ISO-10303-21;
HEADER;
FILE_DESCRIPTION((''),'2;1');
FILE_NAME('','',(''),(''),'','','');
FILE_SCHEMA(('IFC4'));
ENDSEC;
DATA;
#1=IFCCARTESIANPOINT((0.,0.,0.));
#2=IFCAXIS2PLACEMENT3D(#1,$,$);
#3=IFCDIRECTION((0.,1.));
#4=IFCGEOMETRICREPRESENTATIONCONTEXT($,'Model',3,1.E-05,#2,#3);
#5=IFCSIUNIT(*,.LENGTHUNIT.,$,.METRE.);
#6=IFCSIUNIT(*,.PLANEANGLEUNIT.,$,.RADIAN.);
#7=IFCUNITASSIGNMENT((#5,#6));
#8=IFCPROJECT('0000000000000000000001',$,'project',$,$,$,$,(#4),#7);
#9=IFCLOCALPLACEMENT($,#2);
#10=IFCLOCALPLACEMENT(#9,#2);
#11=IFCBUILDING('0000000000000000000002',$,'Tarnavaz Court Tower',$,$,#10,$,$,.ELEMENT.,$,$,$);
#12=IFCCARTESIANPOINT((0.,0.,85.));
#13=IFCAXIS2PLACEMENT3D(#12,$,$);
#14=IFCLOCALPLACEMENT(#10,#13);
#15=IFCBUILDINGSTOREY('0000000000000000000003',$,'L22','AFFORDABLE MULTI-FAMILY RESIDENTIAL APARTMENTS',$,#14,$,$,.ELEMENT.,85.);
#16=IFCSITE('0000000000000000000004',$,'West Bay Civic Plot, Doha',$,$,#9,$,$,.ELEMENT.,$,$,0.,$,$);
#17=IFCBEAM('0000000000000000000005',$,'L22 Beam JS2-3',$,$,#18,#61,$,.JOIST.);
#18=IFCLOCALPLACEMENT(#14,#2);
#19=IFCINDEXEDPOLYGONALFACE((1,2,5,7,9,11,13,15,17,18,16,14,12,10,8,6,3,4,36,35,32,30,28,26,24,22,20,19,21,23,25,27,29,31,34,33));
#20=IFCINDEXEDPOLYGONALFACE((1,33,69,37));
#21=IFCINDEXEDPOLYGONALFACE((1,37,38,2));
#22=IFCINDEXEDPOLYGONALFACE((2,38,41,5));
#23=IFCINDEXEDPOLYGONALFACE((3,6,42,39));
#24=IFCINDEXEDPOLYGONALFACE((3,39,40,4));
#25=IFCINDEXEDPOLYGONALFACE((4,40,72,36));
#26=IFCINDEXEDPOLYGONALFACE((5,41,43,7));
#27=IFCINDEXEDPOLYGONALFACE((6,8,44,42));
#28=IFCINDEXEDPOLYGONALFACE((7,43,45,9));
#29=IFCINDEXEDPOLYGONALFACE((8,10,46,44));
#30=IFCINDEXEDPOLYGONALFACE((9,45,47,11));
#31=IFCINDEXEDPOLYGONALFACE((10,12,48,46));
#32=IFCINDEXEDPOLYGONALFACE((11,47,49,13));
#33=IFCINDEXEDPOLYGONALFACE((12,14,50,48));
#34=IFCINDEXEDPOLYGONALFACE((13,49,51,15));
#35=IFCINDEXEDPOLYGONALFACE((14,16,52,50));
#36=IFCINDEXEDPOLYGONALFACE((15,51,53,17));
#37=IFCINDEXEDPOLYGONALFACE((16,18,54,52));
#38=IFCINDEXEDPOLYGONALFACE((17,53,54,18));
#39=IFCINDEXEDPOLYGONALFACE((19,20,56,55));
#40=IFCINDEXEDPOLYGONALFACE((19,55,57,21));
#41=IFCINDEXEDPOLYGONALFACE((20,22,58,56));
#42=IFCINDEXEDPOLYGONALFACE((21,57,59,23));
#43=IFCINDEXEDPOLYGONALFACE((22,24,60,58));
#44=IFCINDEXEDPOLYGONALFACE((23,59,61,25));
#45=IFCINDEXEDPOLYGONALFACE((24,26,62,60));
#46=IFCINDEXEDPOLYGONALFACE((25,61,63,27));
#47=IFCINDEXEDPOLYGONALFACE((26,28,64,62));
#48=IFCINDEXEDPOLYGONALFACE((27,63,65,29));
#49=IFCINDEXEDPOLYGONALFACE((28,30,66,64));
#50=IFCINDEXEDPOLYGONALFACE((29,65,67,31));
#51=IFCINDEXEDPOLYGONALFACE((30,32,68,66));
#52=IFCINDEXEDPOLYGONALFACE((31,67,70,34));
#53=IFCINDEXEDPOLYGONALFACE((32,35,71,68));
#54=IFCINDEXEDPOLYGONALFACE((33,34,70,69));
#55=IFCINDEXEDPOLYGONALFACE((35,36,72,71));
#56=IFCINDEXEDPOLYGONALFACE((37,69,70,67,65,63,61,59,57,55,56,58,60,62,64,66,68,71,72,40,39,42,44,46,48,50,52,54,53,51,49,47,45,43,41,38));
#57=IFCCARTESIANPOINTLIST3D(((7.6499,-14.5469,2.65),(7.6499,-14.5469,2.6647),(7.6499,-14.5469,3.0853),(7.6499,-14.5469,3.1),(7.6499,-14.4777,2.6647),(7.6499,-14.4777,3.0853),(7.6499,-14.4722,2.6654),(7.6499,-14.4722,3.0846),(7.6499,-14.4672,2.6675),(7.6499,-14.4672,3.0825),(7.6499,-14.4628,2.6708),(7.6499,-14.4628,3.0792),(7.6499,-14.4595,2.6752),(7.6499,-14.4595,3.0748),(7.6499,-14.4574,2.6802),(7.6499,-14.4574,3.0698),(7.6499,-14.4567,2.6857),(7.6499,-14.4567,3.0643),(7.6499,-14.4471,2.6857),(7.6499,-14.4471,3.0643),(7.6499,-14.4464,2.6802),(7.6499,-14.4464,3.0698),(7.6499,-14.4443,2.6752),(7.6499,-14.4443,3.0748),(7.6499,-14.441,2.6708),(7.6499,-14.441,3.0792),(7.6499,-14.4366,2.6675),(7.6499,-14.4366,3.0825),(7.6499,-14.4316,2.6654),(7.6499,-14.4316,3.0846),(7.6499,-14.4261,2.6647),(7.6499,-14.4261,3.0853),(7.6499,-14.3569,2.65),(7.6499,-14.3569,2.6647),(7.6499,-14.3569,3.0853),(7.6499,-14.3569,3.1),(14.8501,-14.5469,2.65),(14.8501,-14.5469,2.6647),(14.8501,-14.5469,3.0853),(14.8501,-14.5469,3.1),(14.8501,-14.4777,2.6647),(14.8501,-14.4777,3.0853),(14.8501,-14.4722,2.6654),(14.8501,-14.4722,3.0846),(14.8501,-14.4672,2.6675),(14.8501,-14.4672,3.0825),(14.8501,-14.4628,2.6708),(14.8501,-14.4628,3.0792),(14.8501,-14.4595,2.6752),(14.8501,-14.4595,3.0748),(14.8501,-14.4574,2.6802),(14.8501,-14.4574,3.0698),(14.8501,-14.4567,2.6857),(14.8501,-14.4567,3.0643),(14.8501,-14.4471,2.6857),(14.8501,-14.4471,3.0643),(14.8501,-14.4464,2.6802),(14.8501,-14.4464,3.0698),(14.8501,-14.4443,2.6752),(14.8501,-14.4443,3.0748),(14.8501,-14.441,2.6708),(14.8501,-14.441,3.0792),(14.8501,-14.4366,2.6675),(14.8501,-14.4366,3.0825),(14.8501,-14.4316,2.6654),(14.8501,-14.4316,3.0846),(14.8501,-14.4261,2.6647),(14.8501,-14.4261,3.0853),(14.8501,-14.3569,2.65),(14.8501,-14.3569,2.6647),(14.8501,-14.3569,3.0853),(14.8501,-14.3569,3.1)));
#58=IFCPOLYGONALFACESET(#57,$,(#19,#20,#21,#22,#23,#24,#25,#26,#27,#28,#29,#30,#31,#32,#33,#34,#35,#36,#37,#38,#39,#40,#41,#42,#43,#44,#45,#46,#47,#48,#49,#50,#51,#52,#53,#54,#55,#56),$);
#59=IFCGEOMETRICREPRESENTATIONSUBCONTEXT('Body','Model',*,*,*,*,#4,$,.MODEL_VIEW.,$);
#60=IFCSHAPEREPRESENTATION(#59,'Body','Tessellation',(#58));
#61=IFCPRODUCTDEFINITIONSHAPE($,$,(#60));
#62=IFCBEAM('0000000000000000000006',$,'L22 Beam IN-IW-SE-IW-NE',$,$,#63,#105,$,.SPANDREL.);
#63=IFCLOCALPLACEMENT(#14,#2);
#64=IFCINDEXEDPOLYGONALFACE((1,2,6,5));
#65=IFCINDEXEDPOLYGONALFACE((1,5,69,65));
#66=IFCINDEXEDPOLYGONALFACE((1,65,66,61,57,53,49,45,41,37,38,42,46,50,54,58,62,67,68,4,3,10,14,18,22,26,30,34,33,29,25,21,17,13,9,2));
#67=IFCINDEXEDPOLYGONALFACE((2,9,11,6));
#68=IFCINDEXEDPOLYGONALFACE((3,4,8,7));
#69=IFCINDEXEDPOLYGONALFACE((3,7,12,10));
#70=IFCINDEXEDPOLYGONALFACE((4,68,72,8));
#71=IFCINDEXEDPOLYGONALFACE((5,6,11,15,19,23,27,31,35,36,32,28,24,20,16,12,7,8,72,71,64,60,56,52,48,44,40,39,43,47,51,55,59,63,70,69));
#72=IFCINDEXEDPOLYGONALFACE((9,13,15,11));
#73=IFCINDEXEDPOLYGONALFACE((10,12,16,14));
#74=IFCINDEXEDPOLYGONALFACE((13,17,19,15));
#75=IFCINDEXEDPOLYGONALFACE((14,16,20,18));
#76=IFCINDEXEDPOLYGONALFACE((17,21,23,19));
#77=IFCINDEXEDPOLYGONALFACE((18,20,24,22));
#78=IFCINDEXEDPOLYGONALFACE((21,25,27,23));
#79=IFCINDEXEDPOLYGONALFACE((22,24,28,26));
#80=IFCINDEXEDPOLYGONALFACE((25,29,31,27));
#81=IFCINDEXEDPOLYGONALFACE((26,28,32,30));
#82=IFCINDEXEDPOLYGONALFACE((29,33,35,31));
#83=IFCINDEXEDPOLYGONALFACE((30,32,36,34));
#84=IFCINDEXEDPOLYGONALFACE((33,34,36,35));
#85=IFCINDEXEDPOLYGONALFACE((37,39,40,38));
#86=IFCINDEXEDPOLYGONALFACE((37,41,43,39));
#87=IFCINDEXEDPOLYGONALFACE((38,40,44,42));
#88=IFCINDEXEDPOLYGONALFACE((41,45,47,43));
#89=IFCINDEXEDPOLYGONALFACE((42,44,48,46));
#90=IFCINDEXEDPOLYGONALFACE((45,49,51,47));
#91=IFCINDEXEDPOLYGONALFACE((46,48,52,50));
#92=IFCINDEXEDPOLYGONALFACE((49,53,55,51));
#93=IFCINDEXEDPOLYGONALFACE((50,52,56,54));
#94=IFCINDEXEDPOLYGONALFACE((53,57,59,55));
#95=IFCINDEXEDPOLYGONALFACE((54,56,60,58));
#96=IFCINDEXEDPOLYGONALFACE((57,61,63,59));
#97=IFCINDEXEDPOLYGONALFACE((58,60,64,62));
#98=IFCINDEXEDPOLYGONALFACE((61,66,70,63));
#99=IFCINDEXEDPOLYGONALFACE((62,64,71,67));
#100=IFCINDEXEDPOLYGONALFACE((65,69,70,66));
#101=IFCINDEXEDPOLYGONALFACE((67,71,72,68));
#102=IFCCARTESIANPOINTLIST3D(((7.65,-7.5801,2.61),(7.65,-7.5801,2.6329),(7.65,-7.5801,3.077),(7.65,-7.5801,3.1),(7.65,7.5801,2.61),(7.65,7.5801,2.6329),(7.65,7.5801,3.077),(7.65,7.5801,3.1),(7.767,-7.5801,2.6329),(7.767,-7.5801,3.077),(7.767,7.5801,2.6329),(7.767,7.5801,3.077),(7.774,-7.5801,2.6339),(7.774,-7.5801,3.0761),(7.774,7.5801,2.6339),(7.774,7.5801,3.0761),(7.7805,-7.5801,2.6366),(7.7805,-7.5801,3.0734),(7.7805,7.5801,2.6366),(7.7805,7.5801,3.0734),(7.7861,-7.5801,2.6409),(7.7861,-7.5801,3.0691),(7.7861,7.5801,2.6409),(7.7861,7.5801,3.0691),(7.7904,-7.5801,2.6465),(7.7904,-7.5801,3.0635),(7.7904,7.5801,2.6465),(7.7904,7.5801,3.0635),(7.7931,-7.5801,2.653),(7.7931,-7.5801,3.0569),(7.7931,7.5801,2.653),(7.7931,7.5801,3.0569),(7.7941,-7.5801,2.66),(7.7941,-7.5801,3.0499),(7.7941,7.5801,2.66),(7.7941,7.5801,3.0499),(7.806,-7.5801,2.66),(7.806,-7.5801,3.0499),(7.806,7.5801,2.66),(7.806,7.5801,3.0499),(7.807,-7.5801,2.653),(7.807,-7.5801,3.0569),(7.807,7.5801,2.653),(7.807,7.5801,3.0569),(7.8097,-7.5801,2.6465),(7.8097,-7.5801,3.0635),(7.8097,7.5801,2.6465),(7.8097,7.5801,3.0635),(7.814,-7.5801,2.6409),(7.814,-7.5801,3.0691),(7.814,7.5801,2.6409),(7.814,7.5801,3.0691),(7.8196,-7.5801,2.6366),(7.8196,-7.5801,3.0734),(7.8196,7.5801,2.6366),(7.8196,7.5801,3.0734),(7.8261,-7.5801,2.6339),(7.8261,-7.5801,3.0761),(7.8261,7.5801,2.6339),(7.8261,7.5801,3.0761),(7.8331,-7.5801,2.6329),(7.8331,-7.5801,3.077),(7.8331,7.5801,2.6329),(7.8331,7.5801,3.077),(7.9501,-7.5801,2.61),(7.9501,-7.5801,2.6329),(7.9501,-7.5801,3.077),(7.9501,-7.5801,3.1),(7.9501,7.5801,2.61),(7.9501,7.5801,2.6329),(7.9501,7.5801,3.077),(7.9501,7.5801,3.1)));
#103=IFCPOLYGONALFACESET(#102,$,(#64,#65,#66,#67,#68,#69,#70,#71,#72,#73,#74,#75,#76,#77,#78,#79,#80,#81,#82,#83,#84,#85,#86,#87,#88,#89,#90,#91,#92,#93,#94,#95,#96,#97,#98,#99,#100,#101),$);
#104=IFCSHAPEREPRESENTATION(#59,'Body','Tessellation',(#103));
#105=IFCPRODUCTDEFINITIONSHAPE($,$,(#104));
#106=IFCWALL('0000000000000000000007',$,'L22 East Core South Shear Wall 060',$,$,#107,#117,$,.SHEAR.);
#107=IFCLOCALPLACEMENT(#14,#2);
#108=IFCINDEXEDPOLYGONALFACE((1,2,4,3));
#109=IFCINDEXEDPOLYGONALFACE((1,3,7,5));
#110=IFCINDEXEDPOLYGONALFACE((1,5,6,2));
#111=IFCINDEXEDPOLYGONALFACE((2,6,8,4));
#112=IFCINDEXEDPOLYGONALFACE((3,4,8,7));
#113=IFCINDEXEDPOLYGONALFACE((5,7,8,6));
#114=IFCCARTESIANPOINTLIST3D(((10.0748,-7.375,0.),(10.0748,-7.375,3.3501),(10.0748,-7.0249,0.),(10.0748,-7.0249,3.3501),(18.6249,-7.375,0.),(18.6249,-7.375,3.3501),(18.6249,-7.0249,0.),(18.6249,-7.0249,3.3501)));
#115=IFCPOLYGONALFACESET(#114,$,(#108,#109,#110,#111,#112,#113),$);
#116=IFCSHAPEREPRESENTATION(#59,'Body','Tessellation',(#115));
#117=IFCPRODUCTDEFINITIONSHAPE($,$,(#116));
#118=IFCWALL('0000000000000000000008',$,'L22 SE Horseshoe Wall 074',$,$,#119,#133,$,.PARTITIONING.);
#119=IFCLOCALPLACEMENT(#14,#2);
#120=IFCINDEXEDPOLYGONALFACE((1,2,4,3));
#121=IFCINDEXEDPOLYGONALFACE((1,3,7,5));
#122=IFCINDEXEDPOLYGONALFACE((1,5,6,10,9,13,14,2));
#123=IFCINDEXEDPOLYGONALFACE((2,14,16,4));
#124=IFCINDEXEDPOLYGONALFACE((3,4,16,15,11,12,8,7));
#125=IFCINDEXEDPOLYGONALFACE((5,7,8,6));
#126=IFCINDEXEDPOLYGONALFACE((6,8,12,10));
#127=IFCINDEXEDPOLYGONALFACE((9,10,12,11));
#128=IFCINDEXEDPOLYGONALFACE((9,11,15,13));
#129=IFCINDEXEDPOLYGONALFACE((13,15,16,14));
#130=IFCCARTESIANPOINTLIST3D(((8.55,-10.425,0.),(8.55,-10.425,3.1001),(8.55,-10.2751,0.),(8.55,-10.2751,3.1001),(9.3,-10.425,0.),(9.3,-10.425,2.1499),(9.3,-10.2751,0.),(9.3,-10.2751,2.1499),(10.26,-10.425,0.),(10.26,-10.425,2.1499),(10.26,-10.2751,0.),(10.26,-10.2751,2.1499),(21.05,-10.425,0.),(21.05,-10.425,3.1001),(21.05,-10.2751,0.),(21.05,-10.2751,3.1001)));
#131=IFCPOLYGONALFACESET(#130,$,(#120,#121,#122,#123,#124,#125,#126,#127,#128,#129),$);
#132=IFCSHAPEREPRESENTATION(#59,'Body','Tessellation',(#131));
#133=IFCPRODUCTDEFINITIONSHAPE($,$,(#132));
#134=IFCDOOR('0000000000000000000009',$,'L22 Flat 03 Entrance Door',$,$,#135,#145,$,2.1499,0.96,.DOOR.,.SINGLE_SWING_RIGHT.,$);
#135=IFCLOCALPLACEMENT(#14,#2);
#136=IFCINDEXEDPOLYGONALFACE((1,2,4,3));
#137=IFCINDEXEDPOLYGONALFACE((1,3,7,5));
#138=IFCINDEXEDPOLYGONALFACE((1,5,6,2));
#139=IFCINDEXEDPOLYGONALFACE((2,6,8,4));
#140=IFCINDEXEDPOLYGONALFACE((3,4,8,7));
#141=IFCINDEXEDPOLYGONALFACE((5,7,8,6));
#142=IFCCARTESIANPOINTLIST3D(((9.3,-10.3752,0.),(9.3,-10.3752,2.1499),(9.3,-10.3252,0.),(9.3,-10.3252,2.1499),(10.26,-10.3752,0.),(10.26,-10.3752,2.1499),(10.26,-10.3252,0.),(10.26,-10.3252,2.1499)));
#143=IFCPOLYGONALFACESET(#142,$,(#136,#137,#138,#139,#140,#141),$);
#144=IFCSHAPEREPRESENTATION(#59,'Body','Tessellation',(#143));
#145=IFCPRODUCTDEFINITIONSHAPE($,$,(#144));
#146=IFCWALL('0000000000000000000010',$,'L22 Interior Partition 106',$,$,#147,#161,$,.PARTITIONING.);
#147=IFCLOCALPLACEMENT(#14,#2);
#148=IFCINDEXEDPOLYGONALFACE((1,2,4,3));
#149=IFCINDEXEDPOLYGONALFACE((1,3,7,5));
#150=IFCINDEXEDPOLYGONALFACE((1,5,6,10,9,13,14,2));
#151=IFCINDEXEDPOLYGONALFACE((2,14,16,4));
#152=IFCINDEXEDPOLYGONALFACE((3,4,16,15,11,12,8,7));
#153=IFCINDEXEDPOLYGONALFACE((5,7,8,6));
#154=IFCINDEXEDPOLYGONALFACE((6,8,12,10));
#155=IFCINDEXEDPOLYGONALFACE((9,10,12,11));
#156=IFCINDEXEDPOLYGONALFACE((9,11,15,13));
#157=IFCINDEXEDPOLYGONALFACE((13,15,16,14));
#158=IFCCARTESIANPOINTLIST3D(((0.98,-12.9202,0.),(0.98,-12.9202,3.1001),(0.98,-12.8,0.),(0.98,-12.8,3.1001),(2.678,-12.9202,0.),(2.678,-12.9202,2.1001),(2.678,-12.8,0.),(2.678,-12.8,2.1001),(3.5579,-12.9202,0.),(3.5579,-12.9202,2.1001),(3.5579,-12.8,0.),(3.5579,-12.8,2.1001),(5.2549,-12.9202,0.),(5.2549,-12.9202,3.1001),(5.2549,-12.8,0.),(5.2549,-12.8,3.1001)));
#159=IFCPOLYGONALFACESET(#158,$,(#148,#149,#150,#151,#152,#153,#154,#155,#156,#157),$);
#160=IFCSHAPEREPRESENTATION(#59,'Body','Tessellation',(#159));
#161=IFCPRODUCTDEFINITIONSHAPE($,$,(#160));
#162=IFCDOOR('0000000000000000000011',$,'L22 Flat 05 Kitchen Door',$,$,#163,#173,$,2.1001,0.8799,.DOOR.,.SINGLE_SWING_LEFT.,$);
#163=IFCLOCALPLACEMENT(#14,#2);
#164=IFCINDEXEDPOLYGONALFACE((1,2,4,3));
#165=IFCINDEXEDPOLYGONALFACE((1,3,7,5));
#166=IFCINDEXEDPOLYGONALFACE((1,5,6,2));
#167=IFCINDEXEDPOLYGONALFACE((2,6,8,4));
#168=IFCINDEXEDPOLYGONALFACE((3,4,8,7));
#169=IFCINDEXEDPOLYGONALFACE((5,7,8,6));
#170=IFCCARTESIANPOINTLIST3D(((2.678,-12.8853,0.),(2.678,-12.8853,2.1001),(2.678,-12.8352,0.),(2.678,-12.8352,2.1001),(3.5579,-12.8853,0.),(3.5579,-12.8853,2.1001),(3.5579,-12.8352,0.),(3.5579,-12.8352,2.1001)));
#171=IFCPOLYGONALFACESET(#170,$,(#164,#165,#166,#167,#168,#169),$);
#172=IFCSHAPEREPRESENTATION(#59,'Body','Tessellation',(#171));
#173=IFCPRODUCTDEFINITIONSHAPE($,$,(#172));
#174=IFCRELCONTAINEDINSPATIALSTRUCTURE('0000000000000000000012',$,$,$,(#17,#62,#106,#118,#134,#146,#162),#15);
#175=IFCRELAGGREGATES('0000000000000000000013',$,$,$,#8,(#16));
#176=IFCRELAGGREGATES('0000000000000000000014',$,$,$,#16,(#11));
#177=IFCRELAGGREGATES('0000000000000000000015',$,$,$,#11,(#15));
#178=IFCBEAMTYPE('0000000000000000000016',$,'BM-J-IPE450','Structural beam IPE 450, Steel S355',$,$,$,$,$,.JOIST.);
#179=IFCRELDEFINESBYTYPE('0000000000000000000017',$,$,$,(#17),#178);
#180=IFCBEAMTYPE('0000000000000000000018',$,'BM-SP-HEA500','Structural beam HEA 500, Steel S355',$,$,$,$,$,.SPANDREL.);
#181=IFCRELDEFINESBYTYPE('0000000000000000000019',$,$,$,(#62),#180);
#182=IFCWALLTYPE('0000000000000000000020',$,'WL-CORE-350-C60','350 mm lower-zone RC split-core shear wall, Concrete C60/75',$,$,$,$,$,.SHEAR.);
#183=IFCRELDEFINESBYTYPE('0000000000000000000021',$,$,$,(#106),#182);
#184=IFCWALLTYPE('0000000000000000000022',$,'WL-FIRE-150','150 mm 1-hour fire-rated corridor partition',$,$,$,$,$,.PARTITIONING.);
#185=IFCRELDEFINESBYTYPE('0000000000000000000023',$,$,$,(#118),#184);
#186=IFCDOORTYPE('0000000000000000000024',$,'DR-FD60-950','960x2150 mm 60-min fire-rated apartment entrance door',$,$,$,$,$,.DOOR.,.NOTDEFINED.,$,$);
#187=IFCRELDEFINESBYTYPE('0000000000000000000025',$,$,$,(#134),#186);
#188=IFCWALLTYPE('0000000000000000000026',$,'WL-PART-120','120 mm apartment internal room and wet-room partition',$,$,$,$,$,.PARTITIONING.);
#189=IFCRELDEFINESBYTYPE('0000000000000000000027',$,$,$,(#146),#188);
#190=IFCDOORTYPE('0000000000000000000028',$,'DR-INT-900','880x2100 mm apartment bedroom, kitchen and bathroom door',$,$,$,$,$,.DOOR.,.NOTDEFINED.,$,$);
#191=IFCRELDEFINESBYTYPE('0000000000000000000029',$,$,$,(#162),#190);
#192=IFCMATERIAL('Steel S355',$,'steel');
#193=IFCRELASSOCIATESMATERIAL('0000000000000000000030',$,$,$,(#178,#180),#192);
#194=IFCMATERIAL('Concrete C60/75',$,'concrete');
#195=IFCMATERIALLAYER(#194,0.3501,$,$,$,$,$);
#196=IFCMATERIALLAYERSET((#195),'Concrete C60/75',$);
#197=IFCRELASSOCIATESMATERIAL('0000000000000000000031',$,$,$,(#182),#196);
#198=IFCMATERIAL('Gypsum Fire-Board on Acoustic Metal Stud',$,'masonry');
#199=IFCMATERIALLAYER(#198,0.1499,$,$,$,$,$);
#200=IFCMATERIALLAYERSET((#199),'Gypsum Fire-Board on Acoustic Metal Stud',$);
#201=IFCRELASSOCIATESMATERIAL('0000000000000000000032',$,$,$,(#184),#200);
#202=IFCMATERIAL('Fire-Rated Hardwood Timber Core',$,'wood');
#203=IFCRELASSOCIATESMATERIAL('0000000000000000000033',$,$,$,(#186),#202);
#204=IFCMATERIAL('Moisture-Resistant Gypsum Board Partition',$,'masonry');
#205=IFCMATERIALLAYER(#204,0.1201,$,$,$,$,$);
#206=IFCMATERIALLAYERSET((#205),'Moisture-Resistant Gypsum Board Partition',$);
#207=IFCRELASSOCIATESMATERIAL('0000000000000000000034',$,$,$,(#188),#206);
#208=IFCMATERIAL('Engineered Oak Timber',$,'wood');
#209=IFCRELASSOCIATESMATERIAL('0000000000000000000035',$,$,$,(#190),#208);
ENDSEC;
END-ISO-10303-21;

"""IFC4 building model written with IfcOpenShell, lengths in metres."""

from ifc_helpers import new_model, si_unit, direction, frame, frame_2d, origin, origin_2d, place, context, subcontext, project, spatial, rectangle, i_section, extrude, material, layer, layer_set, material_profile, profile_set, type_object, element, fill, save


model = new_model("IFC4")

# Units and contexts
model_context = context("Model", 3, precision=1e-05, world=origin(), true_north=direction((0.0, 1.0)))
body_context = subcontext(model_context, "Body", "Model", "MODEL_VIEW")
ifc_project = project(units=[si_unit("LENGTHUNIT", "METRE"), si_unit("PLANEANGLEUNIT", "RADIAN")], contexts=[model_context])

# Site, building, storey
site_placement = place(None, origin())
site = spatial("IfcSite", under=ifc_project, at=site_placement, Name="West Bay Civic Plot, Doha", CompositionType="ELEMENT", RefElevation=0.0)
building_placement = place(site_placement, origin())
building = spatial("IfcBuilding", under=site, at=building_placement, Name="Tarnavaz Court Tower", CompositionType="ELEMENT")
storey_placement = place(building_placement, frame((0.0, 0.0, 85.0)))
storey = spatial("IfcBuildingStorey", under=building, at=storey_placement, Name="L22", Description="AFFORDABLE MULTI-FAMILY RESIDENTIAL APARTMENTS", CompositionType="ELEMENT", Elevation=85.0)

# Shared definitions
ifc_material_1 = material(Name="Concrete C60/75", Category="concrete")

# Beams
ifc_material_2 = material(Name="Steel S355", Category="steel")
ifc_material_profile_1 = material_profile(ifc_material_2, i_section(OverallWidth=0.1899, OverallDepth=0.45, WebThickness=0.0095, FlangeThickness=0.0146, FilletRadius=0.021, at=origin_2d()), Name="IPE 450")
ifc_profile_set_1 = profile_set([ifc_material_profile_1], Name="Steel S355")
beam_type_1 = type_object("IfcBeamType", Name="BM-J-IPE450", Description="Structural beam IPE 450, Steel S355", PredefinedType="JOIST", material=ifc_profile_set_1)
for number, where, z_axis, x_axis, name in (
    (1, (7.6499, -14.4519, 2.875), (1.0, 0.0, 0.0), (0.0, 1.0, 0.0), "L22 Beam JS2-3"),
):
    element("IfcBeam", number, at=place(storey_placement, frame(where, z_axis=z_axis, x_axis=x_axis)), inside=storey, type_object=beam_type_1, Name=name, PredefinedType="JOIST", context=body_context, shape_type="SweptSolid", body=[
        extrude(i_section(OverallWidth=0.1899, OverallDepth=0.45, WebThickness=0.0095, FlangeThickness=0.0146, FilletRadius=0.021, at=origin_2d()), origin(), (0.0, 0.0, 1.0), 7.2002),
    ])
ifc_material_profile_2 = material_profile(ifc_material_2, i_section(OverallWidth=0.3, OverallDepth=0.49, WebThickness=0.012, FlangeThickness=0.0229, FilletRadius=0.0271, at=origin_2d()), Name="HEA 500")
ifc_profile_set_2 = profile_set([ifc_material_profile_2], Name="Steel S355")
beam_type_2 = type_object("IfcBeamType", Name="BM-SP-HEA500", Description="Structural beam HEA 500, Steel S355", PredefinedType="SPANDREL", material=ifc_profile_set_2)
beam_1_placement = place(storey_placement, frame((7.8, -7.5801, 2.855), z_axis=(0.0, 1.0, 0.0), x_axis=(-1.0, 0.0, 0.0)))
element("IfcBeam", 2, at=beam_1_placement, inside=storey, type_object=beam_type_2, Name="L22 Beam IN-IW-SE-IW-NE", PredefinedType="SPANDREL", context=body_context, shape_type="SweptSolid", body=[
    extrude(i_section(OverallWidth=0.3, OverallDepth=0.49, WebThickness=0.012, FlangeThickness=0.0229, FilletRadius=0.0271, at=origin_2d()), origin(), (0.0, 0.0, 1.0), 15.1602),
])

# Wall
ifc_layer_1 = layer(ifc_material_1, 0.3501)
ifc_layer_set_1 = layer_set([ifc_layer_1], Name="Concrete C60/75")
wall_type_1 = type_object("IfcWallType", Name="WL-CORE-350-C60", Description="350 mm lower-zone RC split-core shear wall, Concrete C60/75", PredefinedType="SHEAR", material=ifc_layer_set_1)
wall_1_placement = place(storey_placement, frame((10.075, -7.2, 0.0), z_axis=(0.0, 0.0, 1.0), x_axis=(1.0, 0.0, 0.0)))
element("IfcWall", 3, at=wall_1_placement, inside=storey, type_object=wall_type_1, Name="L22 East Core South Shear Wall 060", PredefinedType="SHEAR", context=body_context, shape_type="SweptSolid", body=[
    extrude(rectangle(XDim=8.55, YDim=0.3501, at=frame_2d((4.2749, 0.0))), origin(), (0.0, 0.0, 1.0), 3.3501),
])

# Walls, openings, doors
ifc_material_3 = material(Name="Gypsum Fire-Board on Acoustic Metal Stud", Category="masonry")
ifc_layer_2 = layer(ifc_material_3, 0.1499)
ifc_layer_set_2 = layer_set([ifc_layer_2], Name="Gypsum Fire-Board on Acoustic Metal Stud")
wall_type_2 = type_object("IfcWallType", Name="WL-FIRE-150", Description="150 mm 1-hour fire-rated corridor partition", PredefinedType="PARTITIONING", material=ifc_layer_set_2)
wall_2_placement = place(storey_placement, frame((8.55, -10.3501, 0.0), z_axis=(0.0, 0.0, 1.0), x_axis=(1.0, 0.0, 0.0)))
wall_2 = element("IfcWall", 4, at=wall_2_placement, inside=storey, type_object=wall_type_2, Name="L22 SE Horseshoe Wall 074", PredefinedType="PARTITIONING", context=body_context, shape_type="SweptSolid", body=[
    extrude(rectangle(XDim=12.5, YDim=0.1499, at=frame_2d((6.25, 0.0))), origin(), (0.0, 0.0, 1.0), 3.1001),
])
opening_1_placement = place(wall_2_placement, frame((0.75, 0.0, 0.0)))
opening_1 = element("IfcOpeningElement", 5, at=opening_1_placement, cuts=wall_2, PredefinedType="OPENING", context=body_context, shape_type="SweptSolid", body=[
    extrude(rectangle(XDim=0.96, YDim=2.1499, at=frame_2d((0.48, 1.075))), frame((0.0, 0.085, 0.0), z_axis=(0.0, -1.0, 0.0), x_axis=(1.0, 0.0, 0.0)), (0.0, 0.0, 1.0), 0.1699),
])
ifc_material_4 = material(Name="Fire-Rated Hardwood Timber Core", Category="wood")
door_type_1 = type_object("IfcDoorType", Name="DR-FD60-950", Description="960x2150 mm 60-min fire-rated apartment entrance door", OperationType="NOTDEFINED", PredefinedType="DOOR", material=ifc_material_4)
door_1_placement = place(opening_1_placement, origin())
door_1 = element("IfcDoor", 6, at=door_1_placement, inside=storey, type_object=door_type_1, Name="L22 Flat 03 Entrance Door", OperationType="SINGLE_SWING_RIGHT", OverallHeight=2.1499, OverallWidth=0.96, PredefinedType="DOOR", context=body_context, shape_type="SweptSolid", body=[
    extrude(rectangle(XDim=0.96, YDim=2.1499, at=frame_2d((0.48, 1.075))), frame((0.0, 0.0249, 0.0), z_axis=(0.0, -1.0, 0.0), x_axis=(1.0, 0.0, 0.0)), (0.0, 0.0, 1.0), 0.05),
])
fill(opening_1, door_1)
ifc_material_5 = material(Name="Moisture-Resistant Gypsum Board Partition", Category="masonry")
ifc_layer_3 = layer(ifc_material_5, 0.1201)
ifc_layer_set_3 = layer_set([ifc_layer_3], Name="Moisture-Resistant Gypsum Board Partition")
wall_type_3 = type_object("IfcWallType", Name="WL-PART-120", Description="120 mm apartment internal room and wet-room partition", PredefinedType="PARTITIONING", material=ifc_layer_set_3)
wall_3_placement = place(storey_placement, frame((0.98, -12.8601, 0.0), z_axis=(0.0, 0.0, 1.0), x_axis=(1.0, 0.0, 0.0)))
wall_3 = element("IfcWall", 7, at=wall_3_placement, inside=storey, type_object=wall_type_3, Name="L22 Interior Partition 106", PredefinedType="PARTITIONING", context=body_context, shape_type="SweptSolid", body=[
    extrude(rectangle(XDim=4.2749, YDim=0.1201, at=frame_2d((2.1375, 0.0))), origin(), (0.0, 0.0, 1.0), 3.1001),
])
opening_2_placement = place(wall_3_placement, frame((1.698, 0.0, 0.0)))
opening_2 = element("IfcOpeningElement", 8, at=opening_2_placement, cuts=wall_3, PredefinedType="OPENING", context=body_context, shape_type="SweptSolid", body=[
    extrude(rectangle(XDim=0.8799, YDim=2.1001, at=frame_2d((0.4399, 1.05))), frame((0.0, 0.0701, 0.0), z_axis=(0.0, -1.0, 0.0), x_axis=(1.0, 0.0, 0.0)), (0.0, 0.0, 1.0), 0.1401),
])
ifc_material_6 = material(Name="Engineered Oak Timber", Category="wood")
door_type_2 = type_object("IfcDoorType", Name="DR-INT-900", Description="880x2100 mm apartment bedroom, kitchen and bathroom door", OperationType="NOTDEFINED", PredefinedType="DOOR", material=ifc_material_6)
door_2_placement = place(opening_2_placement, origin())
door_2 = element("IfcDoor", 9, at=door_2_placement, inside=storey, type_object=door_type_2, Name="L22 Flat 05 Kitchen Door", OperationType="SINGLE_SWING_LEFT", OverallHeight=2.1001, OverallWidth=0.8799, PredefinedType="DOOR", context=body_context, shape_type="SweptSolid", body=[
    extrude(rectangle(XDim=0.8799, YDim=2.1001, at=frame_2d((0.4399, 1.05))), frame((0.0, 0.0249, 0.0), z_axis=(0.0, -1.0, 0.0), x_axis=(1.0, 0.0, 0.0)), (0.0, 0.0, 1.0), 0.05),
])
fill(opening_2, door_2)

save(model, "model.ifc")
